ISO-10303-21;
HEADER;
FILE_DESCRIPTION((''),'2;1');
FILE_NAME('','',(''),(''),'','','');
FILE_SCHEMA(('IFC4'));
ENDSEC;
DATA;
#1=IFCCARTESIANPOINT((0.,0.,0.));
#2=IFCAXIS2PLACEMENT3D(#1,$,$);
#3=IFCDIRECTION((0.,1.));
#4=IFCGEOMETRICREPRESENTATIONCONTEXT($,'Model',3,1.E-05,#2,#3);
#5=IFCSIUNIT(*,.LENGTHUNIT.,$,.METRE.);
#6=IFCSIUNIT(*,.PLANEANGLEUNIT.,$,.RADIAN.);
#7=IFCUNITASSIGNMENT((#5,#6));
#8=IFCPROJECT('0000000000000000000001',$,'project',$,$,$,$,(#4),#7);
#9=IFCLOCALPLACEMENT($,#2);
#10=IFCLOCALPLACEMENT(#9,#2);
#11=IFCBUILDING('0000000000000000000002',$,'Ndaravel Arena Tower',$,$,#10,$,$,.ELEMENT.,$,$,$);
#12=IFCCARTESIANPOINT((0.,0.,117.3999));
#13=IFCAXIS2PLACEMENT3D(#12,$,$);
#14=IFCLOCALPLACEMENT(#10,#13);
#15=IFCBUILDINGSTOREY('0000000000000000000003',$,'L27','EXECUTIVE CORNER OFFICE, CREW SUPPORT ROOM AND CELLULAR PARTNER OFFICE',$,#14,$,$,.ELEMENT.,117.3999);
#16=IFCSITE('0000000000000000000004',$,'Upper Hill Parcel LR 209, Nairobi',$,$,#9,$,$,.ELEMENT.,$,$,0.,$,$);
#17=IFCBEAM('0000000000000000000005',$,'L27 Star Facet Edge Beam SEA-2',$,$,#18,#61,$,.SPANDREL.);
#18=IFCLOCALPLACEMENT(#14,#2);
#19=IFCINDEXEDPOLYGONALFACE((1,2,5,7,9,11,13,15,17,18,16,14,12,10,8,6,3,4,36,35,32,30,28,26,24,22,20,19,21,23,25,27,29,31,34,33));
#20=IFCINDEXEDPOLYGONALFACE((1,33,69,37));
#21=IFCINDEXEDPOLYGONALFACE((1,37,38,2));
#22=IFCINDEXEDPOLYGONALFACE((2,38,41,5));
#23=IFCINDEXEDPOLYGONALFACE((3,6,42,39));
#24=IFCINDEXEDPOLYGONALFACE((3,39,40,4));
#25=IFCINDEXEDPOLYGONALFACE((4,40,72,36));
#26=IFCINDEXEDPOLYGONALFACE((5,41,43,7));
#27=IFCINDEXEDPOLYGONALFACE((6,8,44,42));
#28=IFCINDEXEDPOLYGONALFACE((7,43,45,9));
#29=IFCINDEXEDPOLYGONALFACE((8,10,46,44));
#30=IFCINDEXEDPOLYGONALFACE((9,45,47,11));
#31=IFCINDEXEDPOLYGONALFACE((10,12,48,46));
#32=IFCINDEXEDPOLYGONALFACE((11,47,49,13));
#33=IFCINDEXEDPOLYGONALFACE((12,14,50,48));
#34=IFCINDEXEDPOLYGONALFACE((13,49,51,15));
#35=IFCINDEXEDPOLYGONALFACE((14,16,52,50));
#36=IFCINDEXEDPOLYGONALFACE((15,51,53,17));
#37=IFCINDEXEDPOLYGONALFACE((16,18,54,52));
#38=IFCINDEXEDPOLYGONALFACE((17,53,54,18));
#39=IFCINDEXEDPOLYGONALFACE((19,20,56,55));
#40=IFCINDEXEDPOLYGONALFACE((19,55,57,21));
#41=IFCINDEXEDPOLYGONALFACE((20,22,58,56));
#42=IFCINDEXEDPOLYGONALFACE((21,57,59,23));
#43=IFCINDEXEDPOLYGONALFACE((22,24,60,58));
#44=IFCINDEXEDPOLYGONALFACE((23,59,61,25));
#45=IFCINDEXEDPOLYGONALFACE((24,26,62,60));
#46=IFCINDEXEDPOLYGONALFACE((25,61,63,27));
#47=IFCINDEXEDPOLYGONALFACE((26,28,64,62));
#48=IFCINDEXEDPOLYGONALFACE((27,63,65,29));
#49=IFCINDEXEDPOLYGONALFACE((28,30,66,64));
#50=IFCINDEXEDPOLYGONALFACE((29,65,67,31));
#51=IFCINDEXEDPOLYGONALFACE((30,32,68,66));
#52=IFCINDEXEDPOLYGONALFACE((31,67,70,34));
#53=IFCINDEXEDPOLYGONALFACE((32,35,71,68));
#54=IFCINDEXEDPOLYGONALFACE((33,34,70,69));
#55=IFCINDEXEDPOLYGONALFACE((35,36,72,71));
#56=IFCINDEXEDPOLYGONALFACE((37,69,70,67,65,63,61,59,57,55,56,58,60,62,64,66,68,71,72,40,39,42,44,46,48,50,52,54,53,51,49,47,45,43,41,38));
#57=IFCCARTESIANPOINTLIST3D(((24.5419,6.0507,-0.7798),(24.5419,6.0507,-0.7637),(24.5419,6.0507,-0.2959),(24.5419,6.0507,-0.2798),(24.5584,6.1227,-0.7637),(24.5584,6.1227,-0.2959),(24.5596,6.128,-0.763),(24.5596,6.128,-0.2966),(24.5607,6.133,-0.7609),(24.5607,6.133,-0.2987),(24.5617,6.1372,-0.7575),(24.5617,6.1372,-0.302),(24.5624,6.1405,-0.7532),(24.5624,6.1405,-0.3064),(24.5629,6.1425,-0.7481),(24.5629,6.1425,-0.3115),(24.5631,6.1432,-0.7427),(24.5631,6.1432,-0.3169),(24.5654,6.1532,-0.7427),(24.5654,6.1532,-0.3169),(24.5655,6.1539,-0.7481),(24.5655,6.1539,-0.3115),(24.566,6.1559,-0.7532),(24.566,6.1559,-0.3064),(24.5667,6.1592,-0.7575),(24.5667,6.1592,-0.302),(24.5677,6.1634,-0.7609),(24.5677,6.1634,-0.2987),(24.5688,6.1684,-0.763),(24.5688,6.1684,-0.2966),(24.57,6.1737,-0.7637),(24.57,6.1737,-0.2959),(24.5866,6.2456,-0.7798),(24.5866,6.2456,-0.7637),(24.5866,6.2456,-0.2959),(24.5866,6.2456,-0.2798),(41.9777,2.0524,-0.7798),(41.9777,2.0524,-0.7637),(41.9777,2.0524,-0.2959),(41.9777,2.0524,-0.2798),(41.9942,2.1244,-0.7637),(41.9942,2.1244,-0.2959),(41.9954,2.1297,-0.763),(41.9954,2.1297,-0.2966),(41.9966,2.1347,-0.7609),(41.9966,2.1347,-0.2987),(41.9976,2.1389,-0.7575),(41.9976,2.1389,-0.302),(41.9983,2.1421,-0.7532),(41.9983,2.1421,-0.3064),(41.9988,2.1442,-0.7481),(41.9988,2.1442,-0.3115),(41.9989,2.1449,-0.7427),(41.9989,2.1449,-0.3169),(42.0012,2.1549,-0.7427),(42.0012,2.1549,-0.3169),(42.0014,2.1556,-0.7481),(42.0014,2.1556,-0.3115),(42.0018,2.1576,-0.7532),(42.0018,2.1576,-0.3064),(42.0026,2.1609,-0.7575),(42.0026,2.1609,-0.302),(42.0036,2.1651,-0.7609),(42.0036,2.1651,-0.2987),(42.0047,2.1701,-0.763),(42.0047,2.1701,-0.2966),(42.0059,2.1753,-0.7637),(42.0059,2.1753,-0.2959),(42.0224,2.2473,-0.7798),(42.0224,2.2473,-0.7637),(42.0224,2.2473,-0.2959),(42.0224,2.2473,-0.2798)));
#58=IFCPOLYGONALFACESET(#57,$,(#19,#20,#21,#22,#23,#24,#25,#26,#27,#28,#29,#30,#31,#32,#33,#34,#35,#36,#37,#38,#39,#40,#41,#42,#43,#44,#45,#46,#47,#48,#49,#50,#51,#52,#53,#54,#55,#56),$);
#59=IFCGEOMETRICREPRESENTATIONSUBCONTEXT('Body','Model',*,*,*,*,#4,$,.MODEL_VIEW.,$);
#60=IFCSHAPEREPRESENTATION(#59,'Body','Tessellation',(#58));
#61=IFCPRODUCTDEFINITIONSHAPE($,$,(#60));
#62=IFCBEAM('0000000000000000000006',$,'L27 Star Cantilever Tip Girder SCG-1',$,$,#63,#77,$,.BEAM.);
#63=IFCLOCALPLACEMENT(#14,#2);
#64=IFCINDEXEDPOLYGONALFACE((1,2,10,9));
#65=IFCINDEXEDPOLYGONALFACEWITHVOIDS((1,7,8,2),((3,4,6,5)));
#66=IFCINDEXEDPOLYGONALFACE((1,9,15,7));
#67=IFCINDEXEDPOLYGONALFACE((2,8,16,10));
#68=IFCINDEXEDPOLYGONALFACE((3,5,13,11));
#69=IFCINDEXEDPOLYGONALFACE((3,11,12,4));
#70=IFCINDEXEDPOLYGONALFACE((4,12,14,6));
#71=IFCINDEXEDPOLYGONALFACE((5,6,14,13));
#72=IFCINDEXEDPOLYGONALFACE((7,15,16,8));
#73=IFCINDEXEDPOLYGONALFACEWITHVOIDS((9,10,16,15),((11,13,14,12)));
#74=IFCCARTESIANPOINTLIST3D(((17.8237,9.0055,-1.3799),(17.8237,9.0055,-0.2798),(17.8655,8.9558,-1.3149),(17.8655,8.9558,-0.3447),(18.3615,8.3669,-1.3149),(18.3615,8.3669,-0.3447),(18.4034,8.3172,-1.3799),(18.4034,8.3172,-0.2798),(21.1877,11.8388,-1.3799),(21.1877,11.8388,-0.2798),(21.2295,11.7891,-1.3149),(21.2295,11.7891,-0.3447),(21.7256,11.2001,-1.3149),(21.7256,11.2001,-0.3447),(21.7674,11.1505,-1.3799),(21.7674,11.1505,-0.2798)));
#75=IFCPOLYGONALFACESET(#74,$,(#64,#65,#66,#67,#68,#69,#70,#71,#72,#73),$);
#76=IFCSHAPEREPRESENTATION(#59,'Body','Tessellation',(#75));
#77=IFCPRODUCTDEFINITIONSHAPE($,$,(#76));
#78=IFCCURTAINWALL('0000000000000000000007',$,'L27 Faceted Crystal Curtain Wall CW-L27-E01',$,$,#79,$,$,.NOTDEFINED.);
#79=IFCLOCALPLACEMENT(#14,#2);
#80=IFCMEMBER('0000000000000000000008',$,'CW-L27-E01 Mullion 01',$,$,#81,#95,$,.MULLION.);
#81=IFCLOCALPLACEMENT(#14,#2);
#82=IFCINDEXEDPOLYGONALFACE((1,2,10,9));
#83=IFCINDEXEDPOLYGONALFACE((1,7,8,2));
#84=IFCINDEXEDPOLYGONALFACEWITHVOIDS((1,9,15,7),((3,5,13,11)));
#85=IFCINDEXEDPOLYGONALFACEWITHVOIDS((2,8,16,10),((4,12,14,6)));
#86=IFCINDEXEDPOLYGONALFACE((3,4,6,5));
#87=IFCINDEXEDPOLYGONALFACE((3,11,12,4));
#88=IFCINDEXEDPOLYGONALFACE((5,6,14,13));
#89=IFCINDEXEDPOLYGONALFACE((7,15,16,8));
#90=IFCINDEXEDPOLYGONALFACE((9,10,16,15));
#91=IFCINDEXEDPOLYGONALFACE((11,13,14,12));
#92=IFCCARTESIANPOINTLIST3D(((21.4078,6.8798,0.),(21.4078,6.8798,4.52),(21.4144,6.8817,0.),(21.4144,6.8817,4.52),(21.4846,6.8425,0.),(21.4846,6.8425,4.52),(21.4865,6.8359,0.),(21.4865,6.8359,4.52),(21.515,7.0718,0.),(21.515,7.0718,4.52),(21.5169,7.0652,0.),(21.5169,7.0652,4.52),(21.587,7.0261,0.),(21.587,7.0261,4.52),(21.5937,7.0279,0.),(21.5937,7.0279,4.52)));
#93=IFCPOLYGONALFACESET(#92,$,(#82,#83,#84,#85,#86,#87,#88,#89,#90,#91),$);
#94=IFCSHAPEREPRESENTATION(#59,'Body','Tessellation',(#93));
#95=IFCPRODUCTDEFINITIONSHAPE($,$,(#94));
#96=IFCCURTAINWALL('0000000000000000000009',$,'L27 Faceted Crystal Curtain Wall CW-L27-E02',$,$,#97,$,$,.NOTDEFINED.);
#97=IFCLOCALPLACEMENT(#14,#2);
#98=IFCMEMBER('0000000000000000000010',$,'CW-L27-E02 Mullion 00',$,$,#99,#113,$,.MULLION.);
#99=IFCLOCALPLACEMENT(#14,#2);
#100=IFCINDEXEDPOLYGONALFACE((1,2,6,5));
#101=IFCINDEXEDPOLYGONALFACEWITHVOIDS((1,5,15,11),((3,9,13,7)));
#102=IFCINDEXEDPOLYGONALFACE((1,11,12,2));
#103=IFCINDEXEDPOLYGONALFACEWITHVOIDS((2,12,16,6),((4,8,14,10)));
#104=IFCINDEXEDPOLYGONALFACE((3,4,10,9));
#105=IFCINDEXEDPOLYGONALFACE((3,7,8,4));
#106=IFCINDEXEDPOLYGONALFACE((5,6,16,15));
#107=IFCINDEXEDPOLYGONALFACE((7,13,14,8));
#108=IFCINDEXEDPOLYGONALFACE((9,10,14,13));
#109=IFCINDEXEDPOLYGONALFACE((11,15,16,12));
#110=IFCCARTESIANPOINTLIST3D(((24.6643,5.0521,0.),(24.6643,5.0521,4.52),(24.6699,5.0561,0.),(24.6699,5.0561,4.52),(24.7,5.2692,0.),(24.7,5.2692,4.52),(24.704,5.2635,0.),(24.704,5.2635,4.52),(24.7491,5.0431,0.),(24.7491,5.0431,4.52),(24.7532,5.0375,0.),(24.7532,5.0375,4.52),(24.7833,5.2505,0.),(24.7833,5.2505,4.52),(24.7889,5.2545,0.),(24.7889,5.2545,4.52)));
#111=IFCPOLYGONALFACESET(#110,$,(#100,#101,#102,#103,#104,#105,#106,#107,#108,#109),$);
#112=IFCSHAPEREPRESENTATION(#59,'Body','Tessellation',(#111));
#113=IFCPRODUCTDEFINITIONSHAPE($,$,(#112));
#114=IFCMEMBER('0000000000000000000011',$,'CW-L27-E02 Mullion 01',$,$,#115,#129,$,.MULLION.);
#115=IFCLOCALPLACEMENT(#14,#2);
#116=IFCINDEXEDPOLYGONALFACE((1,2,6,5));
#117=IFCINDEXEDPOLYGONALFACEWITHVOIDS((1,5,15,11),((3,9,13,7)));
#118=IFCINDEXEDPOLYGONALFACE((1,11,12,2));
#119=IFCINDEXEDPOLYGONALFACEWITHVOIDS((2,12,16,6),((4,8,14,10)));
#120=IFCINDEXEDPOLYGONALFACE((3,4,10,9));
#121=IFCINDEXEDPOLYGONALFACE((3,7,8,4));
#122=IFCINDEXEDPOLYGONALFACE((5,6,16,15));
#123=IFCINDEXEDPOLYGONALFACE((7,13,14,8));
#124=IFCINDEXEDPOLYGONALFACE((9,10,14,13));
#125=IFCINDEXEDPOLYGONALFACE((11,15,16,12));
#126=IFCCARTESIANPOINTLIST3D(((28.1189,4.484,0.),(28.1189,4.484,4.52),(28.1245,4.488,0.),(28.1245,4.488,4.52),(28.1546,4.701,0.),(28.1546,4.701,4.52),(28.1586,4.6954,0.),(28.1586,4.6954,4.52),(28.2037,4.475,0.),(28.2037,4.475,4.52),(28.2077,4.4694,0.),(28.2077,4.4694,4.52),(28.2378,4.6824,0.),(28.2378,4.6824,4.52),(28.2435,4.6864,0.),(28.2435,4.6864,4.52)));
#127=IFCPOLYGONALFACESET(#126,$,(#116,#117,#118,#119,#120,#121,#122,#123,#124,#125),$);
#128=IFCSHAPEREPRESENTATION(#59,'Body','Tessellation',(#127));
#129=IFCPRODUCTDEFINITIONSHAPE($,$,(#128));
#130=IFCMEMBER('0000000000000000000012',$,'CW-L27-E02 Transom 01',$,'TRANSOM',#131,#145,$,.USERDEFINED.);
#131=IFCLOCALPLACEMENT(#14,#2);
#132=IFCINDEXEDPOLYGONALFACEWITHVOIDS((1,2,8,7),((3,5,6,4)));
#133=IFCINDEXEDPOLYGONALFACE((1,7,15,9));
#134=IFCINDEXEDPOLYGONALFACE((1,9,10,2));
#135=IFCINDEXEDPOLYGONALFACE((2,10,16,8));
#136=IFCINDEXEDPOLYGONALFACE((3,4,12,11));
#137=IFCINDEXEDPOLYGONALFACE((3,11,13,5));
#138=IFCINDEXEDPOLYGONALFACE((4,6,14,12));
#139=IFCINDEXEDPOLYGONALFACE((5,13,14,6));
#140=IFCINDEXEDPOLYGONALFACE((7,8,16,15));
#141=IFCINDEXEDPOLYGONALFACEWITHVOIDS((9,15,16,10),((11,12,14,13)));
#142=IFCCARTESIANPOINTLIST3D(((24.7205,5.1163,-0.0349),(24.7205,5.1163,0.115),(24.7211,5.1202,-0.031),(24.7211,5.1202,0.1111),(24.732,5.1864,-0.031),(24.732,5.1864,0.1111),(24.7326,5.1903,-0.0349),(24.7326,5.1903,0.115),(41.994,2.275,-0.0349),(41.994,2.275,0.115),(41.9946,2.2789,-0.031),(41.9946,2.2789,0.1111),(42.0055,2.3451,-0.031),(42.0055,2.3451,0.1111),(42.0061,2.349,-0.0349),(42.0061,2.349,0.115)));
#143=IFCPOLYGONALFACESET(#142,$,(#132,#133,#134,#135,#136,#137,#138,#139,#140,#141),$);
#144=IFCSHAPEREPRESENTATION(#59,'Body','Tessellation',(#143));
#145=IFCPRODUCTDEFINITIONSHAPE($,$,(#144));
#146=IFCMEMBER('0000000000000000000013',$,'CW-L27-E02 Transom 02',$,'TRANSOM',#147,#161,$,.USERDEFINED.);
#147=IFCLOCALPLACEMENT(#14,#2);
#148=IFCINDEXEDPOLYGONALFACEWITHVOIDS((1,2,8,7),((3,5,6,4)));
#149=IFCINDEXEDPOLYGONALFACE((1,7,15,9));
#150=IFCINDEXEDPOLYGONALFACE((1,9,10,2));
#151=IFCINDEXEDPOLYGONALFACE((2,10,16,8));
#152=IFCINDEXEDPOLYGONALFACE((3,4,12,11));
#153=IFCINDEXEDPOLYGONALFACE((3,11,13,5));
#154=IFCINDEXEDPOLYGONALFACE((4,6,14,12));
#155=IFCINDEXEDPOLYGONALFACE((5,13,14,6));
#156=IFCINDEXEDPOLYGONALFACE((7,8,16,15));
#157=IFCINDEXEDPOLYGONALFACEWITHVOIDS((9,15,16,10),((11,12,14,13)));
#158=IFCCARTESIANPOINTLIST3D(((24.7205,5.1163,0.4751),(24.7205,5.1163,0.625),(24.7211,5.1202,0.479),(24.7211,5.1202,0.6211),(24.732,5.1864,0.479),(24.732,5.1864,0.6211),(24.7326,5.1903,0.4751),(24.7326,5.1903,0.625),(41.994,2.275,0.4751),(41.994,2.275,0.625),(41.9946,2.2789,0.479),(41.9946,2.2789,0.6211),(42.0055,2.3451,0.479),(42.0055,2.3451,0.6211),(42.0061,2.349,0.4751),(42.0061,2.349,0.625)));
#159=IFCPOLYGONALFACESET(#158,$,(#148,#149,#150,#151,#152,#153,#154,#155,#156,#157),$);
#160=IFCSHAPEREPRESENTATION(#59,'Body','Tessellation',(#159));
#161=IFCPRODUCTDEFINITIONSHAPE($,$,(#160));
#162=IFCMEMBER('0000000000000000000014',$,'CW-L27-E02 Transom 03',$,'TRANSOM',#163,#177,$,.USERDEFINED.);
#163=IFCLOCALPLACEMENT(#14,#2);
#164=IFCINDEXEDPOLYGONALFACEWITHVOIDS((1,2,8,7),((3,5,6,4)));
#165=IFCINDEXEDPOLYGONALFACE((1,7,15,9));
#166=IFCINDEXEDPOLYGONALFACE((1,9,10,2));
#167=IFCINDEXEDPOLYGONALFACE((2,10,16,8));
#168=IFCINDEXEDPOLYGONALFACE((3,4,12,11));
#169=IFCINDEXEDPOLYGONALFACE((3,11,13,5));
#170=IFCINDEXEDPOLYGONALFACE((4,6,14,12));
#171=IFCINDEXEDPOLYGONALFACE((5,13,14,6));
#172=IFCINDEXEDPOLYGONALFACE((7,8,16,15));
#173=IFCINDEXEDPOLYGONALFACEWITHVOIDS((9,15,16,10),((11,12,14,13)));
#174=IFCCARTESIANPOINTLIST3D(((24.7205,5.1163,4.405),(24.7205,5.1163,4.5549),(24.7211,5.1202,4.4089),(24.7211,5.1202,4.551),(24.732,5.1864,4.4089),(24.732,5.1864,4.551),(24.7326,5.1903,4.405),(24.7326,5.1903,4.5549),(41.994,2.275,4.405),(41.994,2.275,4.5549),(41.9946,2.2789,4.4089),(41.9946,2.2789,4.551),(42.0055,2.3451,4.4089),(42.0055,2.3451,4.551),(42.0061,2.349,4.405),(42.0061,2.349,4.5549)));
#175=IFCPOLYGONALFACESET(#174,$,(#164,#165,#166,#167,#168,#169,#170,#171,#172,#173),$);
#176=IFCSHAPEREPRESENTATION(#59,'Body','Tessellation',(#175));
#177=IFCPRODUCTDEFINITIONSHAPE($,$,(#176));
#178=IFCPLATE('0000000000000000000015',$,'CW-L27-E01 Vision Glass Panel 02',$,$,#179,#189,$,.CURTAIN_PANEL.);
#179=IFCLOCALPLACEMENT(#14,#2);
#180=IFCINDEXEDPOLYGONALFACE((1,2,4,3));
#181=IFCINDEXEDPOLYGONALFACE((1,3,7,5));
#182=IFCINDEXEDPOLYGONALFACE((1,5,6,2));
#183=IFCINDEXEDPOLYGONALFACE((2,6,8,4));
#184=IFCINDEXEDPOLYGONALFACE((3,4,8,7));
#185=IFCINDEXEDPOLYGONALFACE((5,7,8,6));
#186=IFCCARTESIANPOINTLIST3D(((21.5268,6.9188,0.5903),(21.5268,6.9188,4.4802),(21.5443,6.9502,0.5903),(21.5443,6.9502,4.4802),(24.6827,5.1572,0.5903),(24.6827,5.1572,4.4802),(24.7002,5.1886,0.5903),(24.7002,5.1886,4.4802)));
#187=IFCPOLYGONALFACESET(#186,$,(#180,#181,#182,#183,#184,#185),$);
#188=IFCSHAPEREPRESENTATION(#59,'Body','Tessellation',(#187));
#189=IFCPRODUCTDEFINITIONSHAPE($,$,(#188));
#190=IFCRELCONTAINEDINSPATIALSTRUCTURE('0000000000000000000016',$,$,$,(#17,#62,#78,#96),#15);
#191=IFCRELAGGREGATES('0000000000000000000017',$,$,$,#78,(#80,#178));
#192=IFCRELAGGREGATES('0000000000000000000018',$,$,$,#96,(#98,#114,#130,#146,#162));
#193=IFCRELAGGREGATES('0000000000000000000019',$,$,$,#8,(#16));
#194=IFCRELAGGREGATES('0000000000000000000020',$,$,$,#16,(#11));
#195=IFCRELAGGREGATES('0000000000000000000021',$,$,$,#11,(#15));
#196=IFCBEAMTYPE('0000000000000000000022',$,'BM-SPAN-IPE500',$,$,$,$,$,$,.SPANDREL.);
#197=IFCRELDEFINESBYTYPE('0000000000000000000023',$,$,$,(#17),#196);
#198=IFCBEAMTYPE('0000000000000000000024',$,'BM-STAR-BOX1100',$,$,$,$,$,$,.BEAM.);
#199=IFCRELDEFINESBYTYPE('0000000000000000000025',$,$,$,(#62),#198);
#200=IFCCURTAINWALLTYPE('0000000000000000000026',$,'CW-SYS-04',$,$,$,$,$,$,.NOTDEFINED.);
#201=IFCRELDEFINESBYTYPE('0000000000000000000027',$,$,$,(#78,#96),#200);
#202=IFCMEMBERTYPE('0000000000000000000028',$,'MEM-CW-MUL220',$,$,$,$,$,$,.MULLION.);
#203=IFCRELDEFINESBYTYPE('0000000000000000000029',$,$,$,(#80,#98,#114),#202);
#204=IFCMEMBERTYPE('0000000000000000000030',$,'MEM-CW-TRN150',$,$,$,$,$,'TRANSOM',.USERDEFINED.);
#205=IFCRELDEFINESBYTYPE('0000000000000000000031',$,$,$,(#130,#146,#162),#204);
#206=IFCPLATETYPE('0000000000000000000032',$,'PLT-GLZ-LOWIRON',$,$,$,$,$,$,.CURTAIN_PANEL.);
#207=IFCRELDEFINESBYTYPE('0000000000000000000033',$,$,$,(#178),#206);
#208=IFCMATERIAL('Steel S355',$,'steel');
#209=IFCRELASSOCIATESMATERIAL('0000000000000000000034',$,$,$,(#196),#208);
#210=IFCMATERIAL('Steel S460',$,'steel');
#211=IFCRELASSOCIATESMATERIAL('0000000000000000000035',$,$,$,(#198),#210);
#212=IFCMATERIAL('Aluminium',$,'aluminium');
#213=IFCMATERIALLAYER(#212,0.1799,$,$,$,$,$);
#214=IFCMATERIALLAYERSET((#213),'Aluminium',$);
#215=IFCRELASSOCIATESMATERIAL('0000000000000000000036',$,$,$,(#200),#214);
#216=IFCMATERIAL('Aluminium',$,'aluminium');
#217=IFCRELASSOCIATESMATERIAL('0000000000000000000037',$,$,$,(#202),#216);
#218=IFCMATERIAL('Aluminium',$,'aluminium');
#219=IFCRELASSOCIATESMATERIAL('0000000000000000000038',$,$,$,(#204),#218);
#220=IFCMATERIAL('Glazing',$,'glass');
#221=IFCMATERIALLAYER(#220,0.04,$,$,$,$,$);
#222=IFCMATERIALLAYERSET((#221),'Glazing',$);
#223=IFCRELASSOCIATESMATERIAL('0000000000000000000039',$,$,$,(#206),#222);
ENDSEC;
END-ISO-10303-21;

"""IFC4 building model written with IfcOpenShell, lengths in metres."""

from ifc_helpers import new_model, si_unit, direction, frame, origin, origin_2d, place, context, subcontext, project, spatial, rectangle, hollow_rectangle, i_section, extrude, material, layer, layer_set, material_profile, profile_set, type_object, element, aggregate, save


model = new_model("IFC4")

# Units and contexts
model_context = context("Model", 3, precision=1e-05, world=origin(), true_north=direction((0.0, 1.0)))
body_context = subcontext(model_context, "Body", "Model", "MODEL_VIEW")
ifc_project = project(units=[si_unit("LENGTHUNIT", "METRE"), si_unit("PLANEANGLEUNIT", "RADIAN")], contexts=[model_context])

# Site, building, storey
site_placement = place(None, origin())
site = spatial("IfcSite", under=ifc_project, at=site_placement, Name="Upper Hill Parcel LR 209, Nairobi", CompositionType="ELEMENT", RefElevation=0.0)
building_placement = place(site_placement, origin())
building = spatial("IfcBuilding", under=site, at=building_placement, Name="Ndaravel Arena Tower", CompositionType="ELEMENT")
storey_placement = place(building_placement, frame((0.0, 0.0, 117.3999)))
storey = spatial("IfcBuildingStorey", under=building, at=storey_placement, Name="L27", Description="EXECUTIVE CORNER OFFICE, CREW SUPPORT ROOM AND CELLULAR PARTNER OFFICE", CompositionType="ELEMENT", Elevation=117.3999)

# Beams
ifc_material_1 = material(Name="Steel S355", Category="steel")
ifc_material_profile_1 = material_profile(ifc_material_1, i_section(OverallWidth=0.2, OverallDepth=0.5, WebThickness=0.0103, FlangeThickness=0.0161, FilletRadius=0.021, at=origin_2d()), Name="IPE 500")
ifc_profile_set_1 = profile_set([ifc_material_profile_1], Name="Steel S355")
beam_type_1 = type_object("IfcBeamType", Name="BM-SPAN-IPE500", PredefinedType="SPANDREL", material=ifc_profile_set_1)
beam_1_placement = place(storey_placement, frame((24.5642, 6.1482, -0.5298), z_axis=(0.974701, -0.223514, 0.0), x_axis=(0.223514, 0.974701, 0.0)))
element("IfcBeam", 1, at=beam_1_placement, inside=storey, type_object=beam_type_1, Name="L27 Star Facet Edge Beam SEA-2", PredefinedType="SPANDREL", context=body_context, shape_type="SweptSolid", body=[
    extrude(i_section(OverallWidth=0.2, OverallDepth=0.5, WebThickness=0.0103, FlangeThickness=0.0161, FilletRadius=0.021, at=origin_2d()), origin(), (0.0, 0.0, 1.0), 17.8884),
])
ifc_material_2 = material(Name="Steel S460", Category="steel")
ifc_material_profile_2 = material_profile(ifc_material_2, hollow_rectangle(XDim=0.8999, YDim=1.1001, WallThickness=0.0649, at=origin_2d()), Name="BOX 1100x900x65")
ifc_profile_set_2 = profile_set([ifc_material_profile_2], Name="Steel S460")
beam_type_2 = type_object("IfcBeamType", Name="BM-STAR-BOX1100", PredefinedType="BEAM", material=ifc_profile_set_2)
beam_2_placement = place(storey_placement, frame((21.4775, 11.4946, -0.8298), z_axis=(-0.764867, -0.644189, 0.0), x_axis=(0.644189, -0.764867, 0.0)))
element("IfcBeam", 2, at=beam_2_placement, inside=storey, type_object=beam_type_2, Name="L27 Star Cantilever Tip Girder SCG-1", PredefinedType="BEAM", context=body_context, shape_type="SweptSolid", body=[
    extrude(hollow_rectangle(XDim=0.8999, YDim=1.1001, WallThickness=0.0649, at=origin_2d()), origin(), (0.0, 0.0, 1.0), 4.3982),
])

# Curtain wall, member
ifc_material_3 = material(Name="Aluminium", Category="aluminium")
ifc_layer_1 = layer(ifc_material_3, 0.1799)
ifc_layer_set_1 = layer_set([ifc_layer_1], Name="Aluminium")
curtain_wall_type = type_object("IfcCurtainWallType", Name="CW-SYS-04", PredefinedType="NOTDEFINED", material=ifc_layer_set_1)
curtain_wall_1_placement = place(storey_placement, origin())
curtain_wall_1 = element("IfcCurtainWall", 3, at=curtain_wall_1_placement, inside=storey, type_object=curtain_wall_type, Name="L27 Faceted Crystal Curtain Wall CW-L27-E01", PredefinedType="NOTDEFINED")
ifc_material_4 = material(Name="Aluminium", Category="aluminium")
ifc_material_profile_3 = material_profile(ifc_material_4, hollow_rectangle(XDim=0.0901, YDim=0.22, WallThickness=0.0049, at=origin_2d()), Name="CW MULLION 90x220x5")
ifc_profile_set_3 = profile_set([ifc_material_profile_3], Name="Aluminium")
member_type_1 = type_object("IfcMemberType", Name="MEM-CW-MUL220", PredefinedType="MULLION", material=ifc_profile_set_3)
member_1_placement = place(storey_placement, frame((21.5007, 6.9539, 0.0), z_axis=(0.0, 0.0, 1.0), x_axis=(0.873177, -0.487403, 0.0)))
member_1 = element("IfcMember", 4, at=member_1_placement, type_object=member_type_1, Name="CW-L27-E01 Mullion 01", PredefinedType="MULLION", context=body_context, shape_type="SweptSolid", body=[
    extrude(hollow_rectangle(XDim=0.0901, YDim=0.22, WallThickness=0.0049, at=origin_2d()), origin(), (0.0, 0.0, 1.0), 4.52),
])

# Curtain wall, members
curtain_wall_2_placement = place(storey_placement, origin())
curtain_wall_2 = element("IfcCurtainWall", 5, at=curtain_wall_2_placement, inside=storey, type_object=curtain_wall_type, Name="L27 Faceted Crystal Curtain Wall CW-L27-E02", PredefinedType="NOTDEFINED")
member_2_placement = place(storey_placement, frame((24.7266, 5.1533, 0.0), z_axis=(0.0, 0.0, 1.0), x_axis=(0.98674, -0.16231, 0.0)))
member_2 = element("IfcMember", 6, at=member_2_placement, type_object=member_type_1, Name="CW-L27-E02 Mullion 00", PredefinedType="MULLION", context=body_context, shape_type="SweptSolid", body=[
    extrude(hollow_rectangle(XDim=0.0901, YDim=0.22, WallThickness=0.0049, at=origin_2d()), origin(), (0.0, 0.0, 1.0), 4.52),
])
member_3_placement = place(storey_placement, frame((28.1812, 4.5852, 0.0), z_axis=(0.0, 0.0, 1.0), x_axis=(0.98674, -0.16231, 0.0)))
member_3 = element("IfcMember", 7, at=member_3_placement, type_object=member_type_1, Name="CW-L27-E02 Mullion 01", PredefinedType="MULLION", context=body_context, shape_type="SweptSolid", body=[
    extrude(hollow_rectangle(XDim=0.0901, YDim=0.22, WallThickness=0.0049, at=origin_2d()), origin(), (0.0, 0.0, 1.0), 4.52),
])
ifc_material_5 = material(Name="Aluminium", Category="aluminium")
ifc_material_profile_4 = material_profile(ifc_material_5, hollow_rectangle(XDim=0.075, YDim=0.1499, WallThickness=0.0039, at=origin_2d()), Name="CW TRANSOM 75x150x4")
ifc_profile_set_4 = profile_set([ifc_material_profile_4], Name="Aluminium")
member_type_2 = type_object("IfcMemberType", Name="MEM-CW-TRN150", ElementType="TRANSOM", PredefinedType="USERDEFINED", material=ifc_profile_set_4)
member_4_placement = place(storey_placement, frame((24.7266, 5.1533, 0.04), z_axis=(0.98674, -0.162309, 0.0), x_axis=(0.162309, 0.98674, 0.0)))
member_4 = element("IfcMember", 8, at=member_4_placement, type_object=member_type_2, Name="CW-L27-E02 Transom 01", ObjectType="TRANSOM", PredefinedType="USERDEFINED", context=body_context, shape_type="SweptSolid", body=[
    extrude(hollow_rectangle(XDim=0.075, YDim=0.1499, WallThickness=0.0039, at=origin_2d()), origin(), (0.0, 0.0, 1.0), 17.5056),
])
member_5_placement = place(storey_placement, frame((24.7266, 5.1533, 0.55), z_axis=(0.98674, -0.162309, 0.0), x_axis=(0.162309, 0.98674, 0.0)))
member_5 = element("IfcMember", 9, at=member_5_placement, type_object=member_type_2, Name="CW-L27-E02 Transom 02", ObjectType="TRANSOM", PredefinedType="USERDEFINED", context=body_context, shape_type="SweptSolid", body=[
    extrude(hollow_rectangle(XDim=0.075, YDim=0.1499, WallThickness=0.0039, at=origin_2d()), origin(), (0.0, 0.0, 1.0), 17.5056),
])
member_6_placement = place(storey_placement, frame((24.7266, 5.1533, 4.48), z_axis=(0.98674, -0.162309, 0.0), x_axis=(0.162309, 0.98674, 0.0)))
member_6 = element("IfcMember", 10, at=member_6_placement, type_object=member_type_2, Name="CW-L27-E02 Transom 03", ObjectType="TRANSOM", PredefinedType="USERDEFINED", context=body_context, shape_type="SweptSolid", body=[
    extrude(hollow_rectangle(XDim=0.075, YDim=0.1499, WallThickness=0.0039, at=origin_2d()), origin(), (0.0, 0.0, 1.0), 17.5056),
])

# Plate
ifc_material_6 = material(Name="Glazing", Category="glass")
ifc_layer_2 = layer(ifc_material_6, 0.04)
ifc_layer_set_2 = layer_set([ifc_layer_2], Name="Glazing")
plate_type_1 = type_object("IfcPlateType", Name="PLT-GLZ-LOWIRON", PredefinedType="CURTAIN_PANEL", material=ifc_layer_set_2)
plate_1_placement = place(storey_placement, frame((23.1135, 6.0537, 0.5903), z_axis=(0.0, 0.0, 1.0), x_axis=(0.873177, -0.487403, 0.0)))
plate_1 = element("IfcPlate", 11, at=plate_1_placement, type_object=plate_type_1, Name="CW-L27-E01 Vision Glass Panel 02", PredefinedType="CURTAIN_PANEL", context=body_context, shape_type="SweptSolid", body=[
    extrude(rectangle(XDim=3.6143, YDim=0.0359, at=origin_2d()), origin(), (0.0, 0.0, 1.0), 3.8899),
])
aggregate(curtain_wall_1, [member_1, plate_1])
aggregate(curtain_wall_2, [member_2, member_3, member_4, member_5, member_6])

save(model, "model.ifc")
